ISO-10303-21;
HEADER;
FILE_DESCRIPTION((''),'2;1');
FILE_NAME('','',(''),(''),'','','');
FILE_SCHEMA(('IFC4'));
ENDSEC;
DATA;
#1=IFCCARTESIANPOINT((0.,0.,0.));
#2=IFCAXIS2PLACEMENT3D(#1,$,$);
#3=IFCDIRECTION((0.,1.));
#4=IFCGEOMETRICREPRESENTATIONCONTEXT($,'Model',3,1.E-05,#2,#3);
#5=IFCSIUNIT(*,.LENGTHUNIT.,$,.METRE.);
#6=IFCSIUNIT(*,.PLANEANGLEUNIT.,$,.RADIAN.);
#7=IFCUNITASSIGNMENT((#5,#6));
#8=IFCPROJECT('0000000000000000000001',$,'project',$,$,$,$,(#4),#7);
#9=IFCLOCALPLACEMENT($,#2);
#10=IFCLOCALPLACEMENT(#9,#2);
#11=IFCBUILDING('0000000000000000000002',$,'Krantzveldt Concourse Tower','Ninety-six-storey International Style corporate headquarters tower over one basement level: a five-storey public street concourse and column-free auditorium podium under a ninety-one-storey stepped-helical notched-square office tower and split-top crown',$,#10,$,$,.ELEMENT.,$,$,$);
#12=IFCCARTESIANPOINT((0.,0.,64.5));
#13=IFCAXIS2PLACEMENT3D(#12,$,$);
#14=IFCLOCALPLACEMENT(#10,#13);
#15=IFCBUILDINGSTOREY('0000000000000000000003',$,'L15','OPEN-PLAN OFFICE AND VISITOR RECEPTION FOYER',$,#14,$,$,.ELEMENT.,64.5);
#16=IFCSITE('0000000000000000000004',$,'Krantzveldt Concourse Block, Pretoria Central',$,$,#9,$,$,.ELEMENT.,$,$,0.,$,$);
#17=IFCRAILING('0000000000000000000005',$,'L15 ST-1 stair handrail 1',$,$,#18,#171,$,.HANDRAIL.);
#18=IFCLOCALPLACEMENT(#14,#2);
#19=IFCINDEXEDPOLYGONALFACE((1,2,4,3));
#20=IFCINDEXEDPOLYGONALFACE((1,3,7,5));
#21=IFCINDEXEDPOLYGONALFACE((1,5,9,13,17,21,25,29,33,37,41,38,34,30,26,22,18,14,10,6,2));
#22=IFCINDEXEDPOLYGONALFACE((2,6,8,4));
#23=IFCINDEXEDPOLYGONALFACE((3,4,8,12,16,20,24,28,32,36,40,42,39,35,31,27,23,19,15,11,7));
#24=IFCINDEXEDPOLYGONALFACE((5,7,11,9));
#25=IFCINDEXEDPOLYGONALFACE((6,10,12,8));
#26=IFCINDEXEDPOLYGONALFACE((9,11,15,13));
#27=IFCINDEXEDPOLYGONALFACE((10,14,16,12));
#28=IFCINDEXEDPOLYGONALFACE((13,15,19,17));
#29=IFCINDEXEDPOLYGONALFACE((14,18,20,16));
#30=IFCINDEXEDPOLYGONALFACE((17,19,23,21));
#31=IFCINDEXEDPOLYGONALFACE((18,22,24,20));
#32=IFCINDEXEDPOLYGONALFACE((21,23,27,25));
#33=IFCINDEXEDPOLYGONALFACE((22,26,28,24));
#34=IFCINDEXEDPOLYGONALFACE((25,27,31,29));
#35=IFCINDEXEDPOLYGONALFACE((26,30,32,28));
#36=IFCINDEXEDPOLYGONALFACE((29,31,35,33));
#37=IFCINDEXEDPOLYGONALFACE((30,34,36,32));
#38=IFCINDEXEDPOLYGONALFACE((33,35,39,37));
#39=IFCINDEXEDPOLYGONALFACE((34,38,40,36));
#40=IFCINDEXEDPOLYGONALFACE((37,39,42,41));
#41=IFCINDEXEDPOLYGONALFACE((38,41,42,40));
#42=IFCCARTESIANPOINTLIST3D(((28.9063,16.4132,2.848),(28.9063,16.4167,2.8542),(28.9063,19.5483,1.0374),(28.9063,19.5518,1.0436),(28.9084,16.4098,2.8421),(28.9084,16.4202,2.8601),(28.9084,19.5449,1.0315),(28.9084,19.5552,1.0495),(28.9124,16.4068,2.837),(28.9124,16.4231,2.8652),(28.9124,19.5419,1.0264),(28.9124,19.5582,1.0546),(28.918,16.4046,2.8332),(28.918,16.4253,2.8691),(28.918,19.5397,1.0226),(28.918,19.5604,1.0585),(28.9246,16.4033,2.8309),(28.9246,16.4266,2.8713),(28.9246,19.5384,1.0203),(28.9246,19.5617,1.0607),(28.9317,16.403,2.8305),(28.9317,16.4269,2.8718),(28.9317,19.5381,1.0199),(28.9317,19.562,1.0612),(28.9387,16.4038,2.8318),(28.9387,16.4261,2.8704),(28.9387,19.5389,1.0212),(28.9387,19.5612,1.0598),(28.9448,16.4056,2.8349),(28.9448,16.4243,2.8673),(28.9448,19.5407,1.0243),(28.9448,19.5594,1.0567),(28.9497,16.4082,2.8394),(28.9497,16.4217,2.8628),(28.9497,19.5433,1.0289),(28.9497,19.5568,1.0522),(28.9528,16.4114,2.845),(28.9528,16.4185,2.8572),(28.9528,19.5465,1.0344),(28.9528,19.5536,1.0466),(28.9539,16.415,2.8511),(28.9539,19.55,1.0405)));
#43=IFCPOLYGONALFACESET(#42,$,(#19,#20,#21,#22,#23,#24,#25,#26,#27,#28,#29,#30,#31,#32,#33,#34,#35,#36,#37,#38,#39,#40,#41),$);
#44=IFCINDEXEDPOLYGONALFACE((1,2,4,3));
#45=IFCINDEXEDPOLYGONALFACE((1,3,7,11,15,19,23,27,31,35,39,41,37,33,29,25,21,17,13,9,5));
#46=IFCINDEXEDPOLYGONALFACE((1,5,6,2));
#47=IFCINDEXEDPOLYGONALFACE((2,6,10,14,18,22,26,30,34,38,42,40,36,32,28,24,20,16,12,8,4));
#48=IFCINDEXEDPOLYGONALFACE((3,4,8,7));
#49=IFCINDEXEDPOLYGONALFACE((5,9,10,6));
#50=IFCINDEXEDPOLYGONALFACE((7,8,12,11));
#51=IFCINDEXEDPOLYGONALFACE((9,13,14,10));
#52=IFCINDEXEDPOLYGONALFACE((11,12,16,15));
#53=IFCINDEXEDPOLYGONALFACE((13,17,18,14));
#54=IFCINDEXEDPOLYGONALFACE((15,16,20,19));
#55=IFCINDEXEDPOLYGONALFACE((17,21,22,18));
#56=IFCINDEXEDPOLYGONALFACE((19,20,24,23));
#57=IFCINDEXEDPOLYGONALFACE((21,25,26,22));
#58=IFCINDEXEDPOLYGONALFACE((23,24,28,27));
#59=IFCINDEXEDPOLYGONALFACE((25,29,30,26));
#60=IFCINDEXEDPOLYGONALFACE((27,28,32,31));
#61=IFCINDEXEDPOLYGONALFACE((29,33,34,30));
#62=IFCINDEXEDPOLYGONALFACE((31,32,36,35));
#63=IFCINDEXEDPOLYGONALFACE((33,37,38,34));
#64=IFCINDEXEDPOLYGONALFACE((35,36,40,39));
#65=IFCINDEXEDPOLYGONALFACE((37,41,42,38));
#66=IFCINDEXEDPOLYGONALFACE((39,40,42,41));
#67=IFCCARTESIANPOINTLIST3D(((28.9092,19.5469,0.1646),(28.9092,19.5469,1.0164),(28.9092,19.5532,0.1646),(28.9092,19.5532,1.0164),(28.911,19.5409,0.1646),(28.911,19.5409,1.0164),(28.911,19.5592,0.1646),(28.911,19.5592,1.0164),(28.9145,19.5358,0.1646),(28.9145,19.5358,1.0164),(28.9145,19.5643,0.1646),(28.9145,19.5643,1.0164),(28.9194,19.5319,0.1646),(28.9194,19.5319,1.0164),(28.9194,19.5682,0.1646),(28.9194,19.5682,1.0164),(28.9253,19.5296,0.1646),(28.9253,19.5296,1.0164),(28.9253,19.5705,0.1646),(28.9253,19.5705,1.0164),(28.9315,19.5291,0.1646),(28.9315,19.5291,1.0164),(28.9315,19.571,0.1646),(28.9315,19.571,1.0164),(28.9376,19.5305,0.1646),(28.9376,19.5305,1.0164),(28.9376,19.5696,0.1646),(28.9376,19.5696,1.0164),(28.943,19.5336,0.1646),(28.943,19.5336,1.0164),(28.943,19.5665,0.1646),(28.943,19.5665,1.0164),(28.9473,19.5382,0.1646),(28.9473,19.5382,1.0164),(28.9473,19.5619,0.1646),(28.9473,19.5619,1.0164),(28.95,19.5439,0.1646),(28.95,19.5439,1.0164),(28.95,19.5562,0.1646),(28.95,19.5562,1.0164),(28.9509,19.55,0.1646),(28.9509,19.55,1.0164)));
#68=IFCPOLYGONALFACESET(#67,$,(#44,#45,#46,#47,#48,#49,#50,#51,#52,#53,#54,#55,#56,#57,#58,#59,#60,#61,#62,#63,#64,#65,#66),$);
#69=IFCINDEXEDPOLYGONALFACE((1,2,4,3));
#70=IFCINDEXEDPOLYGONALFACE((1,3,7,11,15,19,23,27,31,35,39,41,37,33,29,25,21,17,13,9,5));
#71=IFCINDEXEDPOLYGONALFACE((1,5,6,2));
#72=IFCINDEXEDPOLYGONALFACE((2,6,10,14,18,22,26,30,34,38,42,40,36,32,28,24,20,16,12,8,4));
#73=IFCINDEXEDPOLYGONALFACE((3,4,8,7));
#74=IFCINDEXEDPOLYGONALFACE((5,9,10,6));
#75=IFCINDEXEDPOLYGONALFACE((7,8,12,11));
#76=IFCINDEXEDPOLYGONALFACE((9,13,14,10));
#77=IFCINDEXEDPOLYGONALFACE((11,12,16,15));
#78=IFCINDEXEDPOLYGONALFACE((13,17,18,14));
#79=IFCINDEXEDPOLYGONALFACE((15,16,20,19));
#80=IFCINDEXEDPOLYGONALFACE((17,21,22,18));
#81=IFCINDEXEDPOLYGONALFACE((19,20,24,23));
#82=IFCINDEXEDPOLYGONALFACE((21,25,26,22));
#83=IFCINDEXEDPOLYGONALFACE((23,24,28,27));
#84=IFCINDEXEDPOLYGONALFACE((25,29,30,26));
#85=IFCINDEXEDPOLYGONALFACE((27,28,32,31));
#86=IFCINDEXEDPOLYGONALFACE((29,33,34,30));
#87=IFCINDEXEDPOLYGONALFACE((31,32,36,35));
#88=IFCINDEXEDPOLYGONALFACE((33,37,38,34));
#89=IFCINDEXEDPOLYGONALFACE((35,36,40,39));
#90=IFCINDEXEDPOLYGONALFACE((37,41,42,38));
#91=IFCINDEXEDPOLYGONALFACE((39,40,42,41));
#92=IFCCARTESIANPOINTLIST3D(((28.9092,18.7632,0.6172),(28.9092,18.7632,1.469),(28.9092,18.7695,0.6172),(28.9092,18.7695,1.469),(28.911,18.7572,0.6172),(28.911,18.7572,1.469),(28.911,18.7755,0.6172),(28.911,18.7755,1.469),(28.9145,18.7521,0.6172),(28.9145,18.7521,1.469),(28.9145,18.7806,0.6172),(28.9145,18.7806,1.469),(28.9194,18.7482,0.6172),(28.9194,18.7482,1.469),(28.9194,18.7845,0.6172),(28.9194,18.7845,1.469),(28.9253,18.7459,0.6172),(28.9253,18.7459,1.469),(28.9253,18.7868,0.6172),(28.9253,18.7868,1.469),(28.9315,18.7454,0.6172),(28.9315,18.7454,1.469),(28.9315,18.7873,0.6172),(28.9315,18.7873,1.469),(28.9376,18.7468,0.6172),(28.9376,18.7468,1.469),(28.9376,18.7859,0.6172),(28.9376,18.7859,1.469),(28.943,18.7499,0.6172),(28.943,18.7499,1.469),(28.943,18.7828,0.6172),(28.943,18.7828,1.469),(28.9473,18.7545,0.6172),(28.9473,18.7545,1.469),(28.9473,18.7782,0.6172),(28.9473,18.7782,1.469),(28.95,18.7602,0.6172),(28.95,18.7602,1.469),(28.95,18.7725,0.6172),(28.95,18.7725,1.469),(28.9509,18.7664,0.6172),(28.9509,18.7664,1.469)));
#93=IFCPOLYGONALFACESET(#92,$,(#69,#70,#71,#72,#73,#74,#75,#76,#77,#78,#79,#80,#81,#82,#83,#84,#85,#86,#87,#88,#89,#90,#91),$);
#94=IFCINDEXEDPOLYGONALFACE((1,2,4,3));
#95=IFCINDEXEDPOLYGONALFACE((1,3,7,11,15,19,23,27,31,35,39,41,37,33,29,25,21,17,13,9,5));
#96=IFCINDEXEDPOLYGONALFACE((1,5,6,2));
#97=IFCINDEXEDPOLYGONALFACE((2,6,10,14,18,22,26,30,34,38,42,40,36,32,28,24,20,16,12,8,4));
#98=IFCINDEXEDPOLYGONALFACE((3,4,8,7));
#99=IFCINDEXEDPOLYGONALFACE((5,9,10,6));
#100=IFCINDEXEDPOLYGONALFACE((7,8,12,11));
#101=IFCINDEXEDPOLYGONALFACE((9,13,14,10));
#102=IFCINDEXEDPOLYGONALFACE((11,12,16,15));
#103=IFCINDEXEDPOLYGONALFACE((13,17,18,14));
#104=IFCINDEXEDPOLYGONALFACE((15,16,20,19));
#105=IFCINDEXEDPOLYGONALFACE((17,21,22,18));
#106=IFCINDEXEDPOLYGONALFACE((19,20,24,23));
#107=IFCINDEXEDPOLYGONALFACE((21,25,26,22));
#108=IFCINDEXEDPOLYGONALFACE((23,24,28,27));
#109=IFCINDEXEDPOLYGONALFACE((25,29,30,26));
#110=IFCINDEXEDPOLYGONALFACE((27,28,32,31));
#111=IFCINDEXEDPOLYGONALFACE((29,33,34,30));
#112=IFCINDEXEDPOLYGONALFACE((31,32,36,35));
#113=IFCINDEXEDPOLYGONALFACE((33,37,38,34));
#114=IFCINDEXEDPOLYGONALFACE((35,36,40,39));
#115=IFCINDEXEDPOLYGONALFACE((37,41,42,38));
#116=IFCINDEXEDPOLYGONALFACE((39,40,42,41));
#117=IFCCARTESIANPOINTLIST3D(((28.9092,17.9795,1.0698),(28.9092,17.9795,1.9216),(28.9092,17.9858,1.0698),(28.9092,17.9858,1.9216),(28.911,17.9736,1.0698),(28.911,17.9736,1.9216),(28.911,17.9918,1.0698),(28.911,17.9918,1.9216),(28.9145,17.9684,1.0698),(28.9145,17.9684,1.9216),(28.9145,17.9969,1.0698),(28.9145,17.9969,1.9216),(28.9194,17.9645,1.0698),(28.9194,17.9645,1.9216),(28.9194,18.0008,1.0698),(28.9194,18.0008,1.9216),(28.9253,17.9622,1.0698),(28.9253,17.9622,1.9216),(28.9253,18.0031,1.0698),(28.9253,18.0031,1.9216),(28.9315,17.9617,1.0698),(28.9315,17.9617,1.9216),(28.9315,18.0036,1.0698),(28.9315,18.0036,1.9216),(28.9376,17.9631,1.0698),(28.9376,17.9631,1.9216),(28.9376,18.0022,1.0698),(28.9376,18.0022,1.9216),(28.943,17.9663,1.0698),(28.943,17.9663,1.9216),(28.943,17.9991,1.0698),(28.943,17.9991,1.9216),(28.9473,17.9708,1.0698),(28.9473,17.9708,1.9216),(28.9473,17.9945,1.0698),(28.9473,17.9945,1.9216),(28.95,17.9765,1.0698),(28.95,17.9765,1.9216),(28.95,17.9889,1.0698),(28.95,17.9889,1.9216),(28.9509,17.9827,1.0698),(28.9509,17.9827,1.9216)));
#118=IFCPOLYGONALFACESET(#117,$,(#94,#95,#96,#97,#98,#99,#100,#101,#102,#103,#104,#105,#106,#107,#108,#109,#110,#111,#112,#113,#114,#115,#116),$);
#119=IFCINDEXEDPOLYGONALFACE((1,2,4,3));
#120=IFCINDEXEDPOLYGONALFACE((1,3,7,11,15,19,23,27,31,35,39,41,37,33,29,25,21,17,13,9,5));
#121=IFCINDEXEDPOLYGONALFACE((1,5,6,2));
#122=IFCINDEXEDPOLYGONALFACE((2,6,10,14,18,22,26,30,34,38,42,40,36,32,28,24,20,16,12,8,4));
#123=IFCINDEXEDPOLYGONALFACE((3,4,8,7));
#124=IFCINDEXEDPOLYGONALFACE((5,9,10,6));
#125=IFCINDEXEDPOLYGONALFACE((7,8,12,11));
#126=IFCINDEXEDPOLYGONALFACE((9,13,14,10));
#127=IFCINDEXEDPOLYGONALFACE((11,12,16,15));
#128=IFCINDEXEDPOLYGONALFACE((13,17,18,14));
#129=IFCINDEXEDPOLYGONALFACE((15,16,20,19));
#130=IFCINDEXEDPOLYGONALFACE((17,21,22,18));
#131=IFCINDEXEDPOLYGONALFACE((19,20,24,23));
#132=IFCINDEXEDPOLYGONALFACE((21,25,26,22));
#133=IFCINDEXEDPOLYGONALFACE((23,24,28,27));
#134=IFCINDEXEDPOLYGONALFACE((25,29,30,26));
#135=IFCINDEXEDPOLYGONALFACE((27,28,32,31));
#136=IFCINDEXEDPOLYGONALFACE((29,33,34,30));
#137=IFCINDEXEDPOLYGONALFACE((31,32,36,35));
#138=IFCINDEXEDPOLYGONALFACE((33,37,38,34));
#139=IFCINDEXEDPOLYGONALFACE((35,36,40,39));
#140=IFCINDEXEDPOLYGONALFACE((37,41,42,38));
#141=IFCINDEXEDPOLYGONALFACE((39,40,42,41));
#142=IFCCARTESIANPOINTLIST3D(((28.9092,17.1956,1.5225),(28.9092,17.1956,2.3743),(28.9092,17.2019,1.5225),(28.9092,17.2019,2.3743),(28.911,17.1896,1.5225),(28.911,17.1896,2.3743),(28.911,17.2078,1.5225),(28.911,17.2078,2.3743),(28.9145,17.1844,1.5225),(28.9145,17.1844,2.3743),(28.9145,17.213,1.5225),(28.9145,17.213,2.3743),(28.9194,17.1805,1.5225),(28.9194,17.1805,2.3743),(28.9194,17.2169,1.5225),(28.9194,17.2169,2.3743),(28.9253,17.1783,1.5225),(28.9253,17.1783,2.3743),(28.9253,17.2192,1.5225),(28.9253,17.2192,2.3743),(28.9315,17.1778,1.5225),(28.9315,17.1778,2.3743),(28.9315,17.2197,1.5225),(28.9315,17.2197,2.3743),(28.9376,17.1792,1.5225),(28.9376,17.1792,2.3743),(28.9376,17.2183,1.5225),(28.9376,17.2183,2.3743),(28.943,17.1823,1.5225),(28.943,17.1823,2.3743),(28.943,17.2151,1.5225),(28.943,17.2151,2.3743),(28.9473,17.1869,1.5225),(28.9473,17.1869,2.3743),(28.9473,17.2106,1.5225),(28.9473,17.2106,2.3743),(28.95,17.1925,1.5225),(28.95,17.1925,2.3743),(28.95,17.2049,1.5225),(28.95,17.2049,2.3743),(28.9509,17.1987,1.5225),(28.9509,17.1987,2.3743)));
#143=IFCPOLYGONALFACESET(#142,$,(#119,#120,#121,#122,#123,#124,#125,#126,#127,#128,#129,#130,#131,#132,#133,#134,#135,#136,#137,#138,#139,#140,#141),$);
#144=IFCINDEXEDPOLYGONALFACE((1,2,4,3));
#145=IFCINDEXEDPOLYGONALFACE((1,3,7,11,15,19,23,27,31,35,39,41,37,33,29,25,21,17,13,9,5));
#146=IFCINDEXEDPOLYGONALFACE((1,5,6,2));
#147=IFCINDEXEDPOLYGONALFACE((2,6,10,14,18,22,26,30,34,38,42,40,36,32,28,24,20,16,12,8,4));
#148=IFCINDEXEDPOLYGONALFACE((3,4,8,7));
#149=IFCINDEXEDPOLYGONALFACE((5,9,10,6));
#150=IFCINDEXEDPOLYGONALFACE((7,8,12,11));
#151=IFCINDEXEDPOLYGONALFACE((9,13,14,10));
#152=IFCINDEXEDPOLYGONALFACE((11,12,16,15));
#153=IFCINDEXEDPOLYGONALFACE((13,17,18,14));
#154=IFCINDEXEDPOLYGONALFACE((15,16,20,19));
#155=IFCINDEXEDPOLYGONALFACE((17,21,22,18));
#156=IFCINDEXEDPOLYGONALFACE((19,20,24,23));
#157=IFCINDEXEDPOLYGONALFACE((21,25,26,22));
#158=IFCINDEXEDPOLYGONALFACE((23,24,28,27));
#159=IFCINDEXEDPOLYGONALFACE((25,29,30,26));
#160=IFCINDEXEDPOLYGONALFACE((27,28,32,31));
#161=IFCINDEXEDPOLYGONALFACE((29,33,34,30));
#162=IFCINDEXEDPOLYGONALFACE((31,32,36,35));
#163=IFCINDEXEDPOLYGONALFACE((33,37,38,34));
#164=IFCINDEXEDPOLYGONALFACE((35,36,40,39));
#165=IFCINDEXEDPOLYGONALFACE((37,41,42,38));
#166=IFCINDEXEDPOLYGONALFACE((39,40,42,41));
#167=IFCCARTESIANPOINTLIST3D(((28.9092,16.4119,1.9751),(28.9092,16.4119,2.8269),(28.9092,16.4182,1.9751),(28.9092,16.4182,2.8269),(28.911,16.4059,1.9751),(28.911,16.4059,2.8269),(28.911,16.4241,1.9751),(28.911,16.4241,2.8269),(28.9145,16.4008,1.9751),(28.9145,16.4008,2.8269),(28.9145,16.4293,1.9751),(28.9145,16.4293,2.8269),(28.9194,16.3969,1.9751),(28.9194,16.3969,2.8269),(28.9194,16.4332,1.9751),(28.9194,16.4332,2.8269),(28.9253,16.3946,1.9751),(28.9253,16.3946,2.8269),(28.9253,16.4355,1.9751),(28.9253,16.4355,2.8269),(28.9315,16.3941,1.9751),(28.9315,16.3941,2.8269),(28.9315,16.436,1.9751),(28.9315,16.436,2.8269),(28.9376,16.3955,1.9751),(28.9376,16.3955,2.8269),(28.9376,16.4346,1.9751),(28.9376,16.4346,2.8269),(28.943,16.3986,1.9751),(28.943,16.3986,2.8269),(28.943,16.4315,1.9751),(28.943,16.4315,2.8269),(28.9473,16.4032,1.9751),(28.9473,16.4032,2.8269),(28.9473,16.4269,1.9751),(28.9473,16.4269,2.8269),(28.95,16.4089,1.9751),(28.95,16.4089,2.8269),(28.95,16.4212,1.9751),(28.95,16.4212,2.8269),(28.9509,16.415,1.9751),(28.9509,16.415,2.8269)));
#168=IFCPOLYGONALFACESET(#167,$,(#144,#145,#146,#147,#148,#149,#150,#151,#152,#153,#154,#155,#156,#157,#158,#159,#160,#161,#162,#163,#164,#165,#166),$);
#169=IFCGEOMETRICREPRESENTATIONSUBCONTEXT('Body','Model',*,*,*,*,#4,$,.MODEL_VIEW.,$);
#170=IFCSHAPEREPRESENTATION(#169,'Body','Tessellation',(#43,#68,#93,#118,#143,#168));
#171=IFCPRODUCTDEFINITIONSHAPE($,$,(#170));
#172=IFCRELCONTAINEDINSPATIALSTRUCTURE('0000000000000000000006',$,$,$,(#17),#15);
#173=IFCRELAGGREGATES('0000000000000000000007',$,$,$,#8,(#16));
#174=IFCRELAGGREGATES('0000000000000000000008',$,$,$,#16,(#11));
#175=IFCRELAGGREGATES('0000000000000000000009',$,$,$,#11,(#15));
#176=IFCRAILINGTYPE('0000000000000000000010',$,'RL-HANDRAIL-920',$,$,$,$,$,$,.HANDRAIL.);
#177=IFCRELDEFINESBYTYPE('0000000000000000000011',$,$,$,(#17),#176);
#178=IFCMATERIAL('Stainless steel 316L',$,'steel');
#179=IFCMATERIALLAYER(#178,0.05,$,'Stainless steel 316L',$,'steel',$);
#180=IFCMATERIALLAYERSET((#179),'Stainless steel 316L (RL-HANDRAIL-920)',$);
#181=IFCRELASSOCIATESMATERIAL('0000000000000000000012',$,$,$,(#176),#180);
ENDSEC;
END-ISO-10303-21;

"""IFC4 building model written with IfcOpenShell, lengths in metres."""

from ifc_helpers import new_model, si_unit, direction, frame, origin, origin_2d, place, context, subcontext, project, spatial, circle, extrude, material, layer, layer_set, type_object, element, save


model = new_model("IFC4")

# Units and contexts
model_context = context("Model", 3, precision=1e-05, world=origin(), true_north=direction((0.0, 1.0)))
body_context = subcontext(model_context, "Body", "Model", "MODEL_VIEW")
ifc_project = project(units=[si_unit("LENGTHUNIT", "METRE"), si_unit("PLANEANGLEUNIT", "RADIAN")], contexts=[model_context])

# Site, building, storey
site_placement = place(None, origin())
site = spatial("IfcSite", under=ifc_project, at=site_placement, Name="Krantzveldt Concourse Block, Pretoria Central", CompositionType="ELEMENT", RefElevation=0.0)
building_placement = place(site_placement, origin())
building = spatial("IfcBuilding", under=site, at=building_placement, Name="Krantzveldt Concourse Tower", Description="Ninety-six-storey International Style corporate headquarters tower over one basement level: a five-storey public street concourse and column-free auditorium podium under a ninety-one-storey stepped-helical notched-square office tower and split-top crown", CompositionType="ELEMENT")
storey_placement = place(building_placement, frame((0.0, 0.0, 64.5)))
storey = spatial("IfcBuildingStorey", under=building, at=storey_placement, Name="L15", Description="OPEN-PLAN OFFICE AND VISITOR RECEPTION FOYER", CompositionType="ELEMENT", Elevation=64.5)

# Railing
ifc_material_1 = material(Name="Stainless steel 316L", Category="steel")
ifc_layer_1 = layer(ifc_material_1, 0.05, Name="Stainless steel 316L", Category="steel")
ifc_layer_set_1 = layer_set([ifc_layer_1], Name="Stainless steel 316L (RL-HANDRAIL-920)")
railing_type_1 = type_object("IfcRailingType", Name="RL-HANDRAIL-920", PredefinedType="HANDRAIL", material=ifc_layer_set_1)
railing_1_placement = place(storey_placement, frame((28.9299, 19.55, 0.1646)))
element("IfcRailing", 1, at=railing_1_placement, inside=storey, type_object=railing_type_1, Name="L15 ST-1 stair handrail 1", PredefinedType="HANDRAIL", context=body_context, shape_type="SweptSolid", body=[
    extrude(circle(Radius=0.0239, at=origin_2d()), frame((0.0, 0.0, 0.876), z_axis=(0.0, -0.86596, 0.500114), x_axis=(1.0, 0.0, 0.0)), (0.0, 0.0, 1.0), 3.6204),
    extrude(circle(Radius=0.021, at=origin_2d()), origin(), (0.0, 0.0, 1.0), 0.8518),
    extrude(circle(Radius=0.021, at=origin_2d()), frame((0.0, -0.7837, 0.4526)), (0.0, 0.0, 1.0), 0.8518),
    extrude(circle(Radius=0.021, at=origin_2d()), frame((0.0, -1.5674, 0.9053)), (0.0, 0.0, 1.0), 0.8518),
    extrude(circle(Radius=0.021, at=origin_2d()), frame((0.0, -2.3513, 1.3579)), (0.0, 0.0, 1.0), 0.8518),
    extrude(circle(Radius=0.021, at=origin_2d()), frame((0.0, -3.135, 1.8105)), (0.0, 0.0, 1.0), 0.8518),
])

save(model, "model.ifc")
